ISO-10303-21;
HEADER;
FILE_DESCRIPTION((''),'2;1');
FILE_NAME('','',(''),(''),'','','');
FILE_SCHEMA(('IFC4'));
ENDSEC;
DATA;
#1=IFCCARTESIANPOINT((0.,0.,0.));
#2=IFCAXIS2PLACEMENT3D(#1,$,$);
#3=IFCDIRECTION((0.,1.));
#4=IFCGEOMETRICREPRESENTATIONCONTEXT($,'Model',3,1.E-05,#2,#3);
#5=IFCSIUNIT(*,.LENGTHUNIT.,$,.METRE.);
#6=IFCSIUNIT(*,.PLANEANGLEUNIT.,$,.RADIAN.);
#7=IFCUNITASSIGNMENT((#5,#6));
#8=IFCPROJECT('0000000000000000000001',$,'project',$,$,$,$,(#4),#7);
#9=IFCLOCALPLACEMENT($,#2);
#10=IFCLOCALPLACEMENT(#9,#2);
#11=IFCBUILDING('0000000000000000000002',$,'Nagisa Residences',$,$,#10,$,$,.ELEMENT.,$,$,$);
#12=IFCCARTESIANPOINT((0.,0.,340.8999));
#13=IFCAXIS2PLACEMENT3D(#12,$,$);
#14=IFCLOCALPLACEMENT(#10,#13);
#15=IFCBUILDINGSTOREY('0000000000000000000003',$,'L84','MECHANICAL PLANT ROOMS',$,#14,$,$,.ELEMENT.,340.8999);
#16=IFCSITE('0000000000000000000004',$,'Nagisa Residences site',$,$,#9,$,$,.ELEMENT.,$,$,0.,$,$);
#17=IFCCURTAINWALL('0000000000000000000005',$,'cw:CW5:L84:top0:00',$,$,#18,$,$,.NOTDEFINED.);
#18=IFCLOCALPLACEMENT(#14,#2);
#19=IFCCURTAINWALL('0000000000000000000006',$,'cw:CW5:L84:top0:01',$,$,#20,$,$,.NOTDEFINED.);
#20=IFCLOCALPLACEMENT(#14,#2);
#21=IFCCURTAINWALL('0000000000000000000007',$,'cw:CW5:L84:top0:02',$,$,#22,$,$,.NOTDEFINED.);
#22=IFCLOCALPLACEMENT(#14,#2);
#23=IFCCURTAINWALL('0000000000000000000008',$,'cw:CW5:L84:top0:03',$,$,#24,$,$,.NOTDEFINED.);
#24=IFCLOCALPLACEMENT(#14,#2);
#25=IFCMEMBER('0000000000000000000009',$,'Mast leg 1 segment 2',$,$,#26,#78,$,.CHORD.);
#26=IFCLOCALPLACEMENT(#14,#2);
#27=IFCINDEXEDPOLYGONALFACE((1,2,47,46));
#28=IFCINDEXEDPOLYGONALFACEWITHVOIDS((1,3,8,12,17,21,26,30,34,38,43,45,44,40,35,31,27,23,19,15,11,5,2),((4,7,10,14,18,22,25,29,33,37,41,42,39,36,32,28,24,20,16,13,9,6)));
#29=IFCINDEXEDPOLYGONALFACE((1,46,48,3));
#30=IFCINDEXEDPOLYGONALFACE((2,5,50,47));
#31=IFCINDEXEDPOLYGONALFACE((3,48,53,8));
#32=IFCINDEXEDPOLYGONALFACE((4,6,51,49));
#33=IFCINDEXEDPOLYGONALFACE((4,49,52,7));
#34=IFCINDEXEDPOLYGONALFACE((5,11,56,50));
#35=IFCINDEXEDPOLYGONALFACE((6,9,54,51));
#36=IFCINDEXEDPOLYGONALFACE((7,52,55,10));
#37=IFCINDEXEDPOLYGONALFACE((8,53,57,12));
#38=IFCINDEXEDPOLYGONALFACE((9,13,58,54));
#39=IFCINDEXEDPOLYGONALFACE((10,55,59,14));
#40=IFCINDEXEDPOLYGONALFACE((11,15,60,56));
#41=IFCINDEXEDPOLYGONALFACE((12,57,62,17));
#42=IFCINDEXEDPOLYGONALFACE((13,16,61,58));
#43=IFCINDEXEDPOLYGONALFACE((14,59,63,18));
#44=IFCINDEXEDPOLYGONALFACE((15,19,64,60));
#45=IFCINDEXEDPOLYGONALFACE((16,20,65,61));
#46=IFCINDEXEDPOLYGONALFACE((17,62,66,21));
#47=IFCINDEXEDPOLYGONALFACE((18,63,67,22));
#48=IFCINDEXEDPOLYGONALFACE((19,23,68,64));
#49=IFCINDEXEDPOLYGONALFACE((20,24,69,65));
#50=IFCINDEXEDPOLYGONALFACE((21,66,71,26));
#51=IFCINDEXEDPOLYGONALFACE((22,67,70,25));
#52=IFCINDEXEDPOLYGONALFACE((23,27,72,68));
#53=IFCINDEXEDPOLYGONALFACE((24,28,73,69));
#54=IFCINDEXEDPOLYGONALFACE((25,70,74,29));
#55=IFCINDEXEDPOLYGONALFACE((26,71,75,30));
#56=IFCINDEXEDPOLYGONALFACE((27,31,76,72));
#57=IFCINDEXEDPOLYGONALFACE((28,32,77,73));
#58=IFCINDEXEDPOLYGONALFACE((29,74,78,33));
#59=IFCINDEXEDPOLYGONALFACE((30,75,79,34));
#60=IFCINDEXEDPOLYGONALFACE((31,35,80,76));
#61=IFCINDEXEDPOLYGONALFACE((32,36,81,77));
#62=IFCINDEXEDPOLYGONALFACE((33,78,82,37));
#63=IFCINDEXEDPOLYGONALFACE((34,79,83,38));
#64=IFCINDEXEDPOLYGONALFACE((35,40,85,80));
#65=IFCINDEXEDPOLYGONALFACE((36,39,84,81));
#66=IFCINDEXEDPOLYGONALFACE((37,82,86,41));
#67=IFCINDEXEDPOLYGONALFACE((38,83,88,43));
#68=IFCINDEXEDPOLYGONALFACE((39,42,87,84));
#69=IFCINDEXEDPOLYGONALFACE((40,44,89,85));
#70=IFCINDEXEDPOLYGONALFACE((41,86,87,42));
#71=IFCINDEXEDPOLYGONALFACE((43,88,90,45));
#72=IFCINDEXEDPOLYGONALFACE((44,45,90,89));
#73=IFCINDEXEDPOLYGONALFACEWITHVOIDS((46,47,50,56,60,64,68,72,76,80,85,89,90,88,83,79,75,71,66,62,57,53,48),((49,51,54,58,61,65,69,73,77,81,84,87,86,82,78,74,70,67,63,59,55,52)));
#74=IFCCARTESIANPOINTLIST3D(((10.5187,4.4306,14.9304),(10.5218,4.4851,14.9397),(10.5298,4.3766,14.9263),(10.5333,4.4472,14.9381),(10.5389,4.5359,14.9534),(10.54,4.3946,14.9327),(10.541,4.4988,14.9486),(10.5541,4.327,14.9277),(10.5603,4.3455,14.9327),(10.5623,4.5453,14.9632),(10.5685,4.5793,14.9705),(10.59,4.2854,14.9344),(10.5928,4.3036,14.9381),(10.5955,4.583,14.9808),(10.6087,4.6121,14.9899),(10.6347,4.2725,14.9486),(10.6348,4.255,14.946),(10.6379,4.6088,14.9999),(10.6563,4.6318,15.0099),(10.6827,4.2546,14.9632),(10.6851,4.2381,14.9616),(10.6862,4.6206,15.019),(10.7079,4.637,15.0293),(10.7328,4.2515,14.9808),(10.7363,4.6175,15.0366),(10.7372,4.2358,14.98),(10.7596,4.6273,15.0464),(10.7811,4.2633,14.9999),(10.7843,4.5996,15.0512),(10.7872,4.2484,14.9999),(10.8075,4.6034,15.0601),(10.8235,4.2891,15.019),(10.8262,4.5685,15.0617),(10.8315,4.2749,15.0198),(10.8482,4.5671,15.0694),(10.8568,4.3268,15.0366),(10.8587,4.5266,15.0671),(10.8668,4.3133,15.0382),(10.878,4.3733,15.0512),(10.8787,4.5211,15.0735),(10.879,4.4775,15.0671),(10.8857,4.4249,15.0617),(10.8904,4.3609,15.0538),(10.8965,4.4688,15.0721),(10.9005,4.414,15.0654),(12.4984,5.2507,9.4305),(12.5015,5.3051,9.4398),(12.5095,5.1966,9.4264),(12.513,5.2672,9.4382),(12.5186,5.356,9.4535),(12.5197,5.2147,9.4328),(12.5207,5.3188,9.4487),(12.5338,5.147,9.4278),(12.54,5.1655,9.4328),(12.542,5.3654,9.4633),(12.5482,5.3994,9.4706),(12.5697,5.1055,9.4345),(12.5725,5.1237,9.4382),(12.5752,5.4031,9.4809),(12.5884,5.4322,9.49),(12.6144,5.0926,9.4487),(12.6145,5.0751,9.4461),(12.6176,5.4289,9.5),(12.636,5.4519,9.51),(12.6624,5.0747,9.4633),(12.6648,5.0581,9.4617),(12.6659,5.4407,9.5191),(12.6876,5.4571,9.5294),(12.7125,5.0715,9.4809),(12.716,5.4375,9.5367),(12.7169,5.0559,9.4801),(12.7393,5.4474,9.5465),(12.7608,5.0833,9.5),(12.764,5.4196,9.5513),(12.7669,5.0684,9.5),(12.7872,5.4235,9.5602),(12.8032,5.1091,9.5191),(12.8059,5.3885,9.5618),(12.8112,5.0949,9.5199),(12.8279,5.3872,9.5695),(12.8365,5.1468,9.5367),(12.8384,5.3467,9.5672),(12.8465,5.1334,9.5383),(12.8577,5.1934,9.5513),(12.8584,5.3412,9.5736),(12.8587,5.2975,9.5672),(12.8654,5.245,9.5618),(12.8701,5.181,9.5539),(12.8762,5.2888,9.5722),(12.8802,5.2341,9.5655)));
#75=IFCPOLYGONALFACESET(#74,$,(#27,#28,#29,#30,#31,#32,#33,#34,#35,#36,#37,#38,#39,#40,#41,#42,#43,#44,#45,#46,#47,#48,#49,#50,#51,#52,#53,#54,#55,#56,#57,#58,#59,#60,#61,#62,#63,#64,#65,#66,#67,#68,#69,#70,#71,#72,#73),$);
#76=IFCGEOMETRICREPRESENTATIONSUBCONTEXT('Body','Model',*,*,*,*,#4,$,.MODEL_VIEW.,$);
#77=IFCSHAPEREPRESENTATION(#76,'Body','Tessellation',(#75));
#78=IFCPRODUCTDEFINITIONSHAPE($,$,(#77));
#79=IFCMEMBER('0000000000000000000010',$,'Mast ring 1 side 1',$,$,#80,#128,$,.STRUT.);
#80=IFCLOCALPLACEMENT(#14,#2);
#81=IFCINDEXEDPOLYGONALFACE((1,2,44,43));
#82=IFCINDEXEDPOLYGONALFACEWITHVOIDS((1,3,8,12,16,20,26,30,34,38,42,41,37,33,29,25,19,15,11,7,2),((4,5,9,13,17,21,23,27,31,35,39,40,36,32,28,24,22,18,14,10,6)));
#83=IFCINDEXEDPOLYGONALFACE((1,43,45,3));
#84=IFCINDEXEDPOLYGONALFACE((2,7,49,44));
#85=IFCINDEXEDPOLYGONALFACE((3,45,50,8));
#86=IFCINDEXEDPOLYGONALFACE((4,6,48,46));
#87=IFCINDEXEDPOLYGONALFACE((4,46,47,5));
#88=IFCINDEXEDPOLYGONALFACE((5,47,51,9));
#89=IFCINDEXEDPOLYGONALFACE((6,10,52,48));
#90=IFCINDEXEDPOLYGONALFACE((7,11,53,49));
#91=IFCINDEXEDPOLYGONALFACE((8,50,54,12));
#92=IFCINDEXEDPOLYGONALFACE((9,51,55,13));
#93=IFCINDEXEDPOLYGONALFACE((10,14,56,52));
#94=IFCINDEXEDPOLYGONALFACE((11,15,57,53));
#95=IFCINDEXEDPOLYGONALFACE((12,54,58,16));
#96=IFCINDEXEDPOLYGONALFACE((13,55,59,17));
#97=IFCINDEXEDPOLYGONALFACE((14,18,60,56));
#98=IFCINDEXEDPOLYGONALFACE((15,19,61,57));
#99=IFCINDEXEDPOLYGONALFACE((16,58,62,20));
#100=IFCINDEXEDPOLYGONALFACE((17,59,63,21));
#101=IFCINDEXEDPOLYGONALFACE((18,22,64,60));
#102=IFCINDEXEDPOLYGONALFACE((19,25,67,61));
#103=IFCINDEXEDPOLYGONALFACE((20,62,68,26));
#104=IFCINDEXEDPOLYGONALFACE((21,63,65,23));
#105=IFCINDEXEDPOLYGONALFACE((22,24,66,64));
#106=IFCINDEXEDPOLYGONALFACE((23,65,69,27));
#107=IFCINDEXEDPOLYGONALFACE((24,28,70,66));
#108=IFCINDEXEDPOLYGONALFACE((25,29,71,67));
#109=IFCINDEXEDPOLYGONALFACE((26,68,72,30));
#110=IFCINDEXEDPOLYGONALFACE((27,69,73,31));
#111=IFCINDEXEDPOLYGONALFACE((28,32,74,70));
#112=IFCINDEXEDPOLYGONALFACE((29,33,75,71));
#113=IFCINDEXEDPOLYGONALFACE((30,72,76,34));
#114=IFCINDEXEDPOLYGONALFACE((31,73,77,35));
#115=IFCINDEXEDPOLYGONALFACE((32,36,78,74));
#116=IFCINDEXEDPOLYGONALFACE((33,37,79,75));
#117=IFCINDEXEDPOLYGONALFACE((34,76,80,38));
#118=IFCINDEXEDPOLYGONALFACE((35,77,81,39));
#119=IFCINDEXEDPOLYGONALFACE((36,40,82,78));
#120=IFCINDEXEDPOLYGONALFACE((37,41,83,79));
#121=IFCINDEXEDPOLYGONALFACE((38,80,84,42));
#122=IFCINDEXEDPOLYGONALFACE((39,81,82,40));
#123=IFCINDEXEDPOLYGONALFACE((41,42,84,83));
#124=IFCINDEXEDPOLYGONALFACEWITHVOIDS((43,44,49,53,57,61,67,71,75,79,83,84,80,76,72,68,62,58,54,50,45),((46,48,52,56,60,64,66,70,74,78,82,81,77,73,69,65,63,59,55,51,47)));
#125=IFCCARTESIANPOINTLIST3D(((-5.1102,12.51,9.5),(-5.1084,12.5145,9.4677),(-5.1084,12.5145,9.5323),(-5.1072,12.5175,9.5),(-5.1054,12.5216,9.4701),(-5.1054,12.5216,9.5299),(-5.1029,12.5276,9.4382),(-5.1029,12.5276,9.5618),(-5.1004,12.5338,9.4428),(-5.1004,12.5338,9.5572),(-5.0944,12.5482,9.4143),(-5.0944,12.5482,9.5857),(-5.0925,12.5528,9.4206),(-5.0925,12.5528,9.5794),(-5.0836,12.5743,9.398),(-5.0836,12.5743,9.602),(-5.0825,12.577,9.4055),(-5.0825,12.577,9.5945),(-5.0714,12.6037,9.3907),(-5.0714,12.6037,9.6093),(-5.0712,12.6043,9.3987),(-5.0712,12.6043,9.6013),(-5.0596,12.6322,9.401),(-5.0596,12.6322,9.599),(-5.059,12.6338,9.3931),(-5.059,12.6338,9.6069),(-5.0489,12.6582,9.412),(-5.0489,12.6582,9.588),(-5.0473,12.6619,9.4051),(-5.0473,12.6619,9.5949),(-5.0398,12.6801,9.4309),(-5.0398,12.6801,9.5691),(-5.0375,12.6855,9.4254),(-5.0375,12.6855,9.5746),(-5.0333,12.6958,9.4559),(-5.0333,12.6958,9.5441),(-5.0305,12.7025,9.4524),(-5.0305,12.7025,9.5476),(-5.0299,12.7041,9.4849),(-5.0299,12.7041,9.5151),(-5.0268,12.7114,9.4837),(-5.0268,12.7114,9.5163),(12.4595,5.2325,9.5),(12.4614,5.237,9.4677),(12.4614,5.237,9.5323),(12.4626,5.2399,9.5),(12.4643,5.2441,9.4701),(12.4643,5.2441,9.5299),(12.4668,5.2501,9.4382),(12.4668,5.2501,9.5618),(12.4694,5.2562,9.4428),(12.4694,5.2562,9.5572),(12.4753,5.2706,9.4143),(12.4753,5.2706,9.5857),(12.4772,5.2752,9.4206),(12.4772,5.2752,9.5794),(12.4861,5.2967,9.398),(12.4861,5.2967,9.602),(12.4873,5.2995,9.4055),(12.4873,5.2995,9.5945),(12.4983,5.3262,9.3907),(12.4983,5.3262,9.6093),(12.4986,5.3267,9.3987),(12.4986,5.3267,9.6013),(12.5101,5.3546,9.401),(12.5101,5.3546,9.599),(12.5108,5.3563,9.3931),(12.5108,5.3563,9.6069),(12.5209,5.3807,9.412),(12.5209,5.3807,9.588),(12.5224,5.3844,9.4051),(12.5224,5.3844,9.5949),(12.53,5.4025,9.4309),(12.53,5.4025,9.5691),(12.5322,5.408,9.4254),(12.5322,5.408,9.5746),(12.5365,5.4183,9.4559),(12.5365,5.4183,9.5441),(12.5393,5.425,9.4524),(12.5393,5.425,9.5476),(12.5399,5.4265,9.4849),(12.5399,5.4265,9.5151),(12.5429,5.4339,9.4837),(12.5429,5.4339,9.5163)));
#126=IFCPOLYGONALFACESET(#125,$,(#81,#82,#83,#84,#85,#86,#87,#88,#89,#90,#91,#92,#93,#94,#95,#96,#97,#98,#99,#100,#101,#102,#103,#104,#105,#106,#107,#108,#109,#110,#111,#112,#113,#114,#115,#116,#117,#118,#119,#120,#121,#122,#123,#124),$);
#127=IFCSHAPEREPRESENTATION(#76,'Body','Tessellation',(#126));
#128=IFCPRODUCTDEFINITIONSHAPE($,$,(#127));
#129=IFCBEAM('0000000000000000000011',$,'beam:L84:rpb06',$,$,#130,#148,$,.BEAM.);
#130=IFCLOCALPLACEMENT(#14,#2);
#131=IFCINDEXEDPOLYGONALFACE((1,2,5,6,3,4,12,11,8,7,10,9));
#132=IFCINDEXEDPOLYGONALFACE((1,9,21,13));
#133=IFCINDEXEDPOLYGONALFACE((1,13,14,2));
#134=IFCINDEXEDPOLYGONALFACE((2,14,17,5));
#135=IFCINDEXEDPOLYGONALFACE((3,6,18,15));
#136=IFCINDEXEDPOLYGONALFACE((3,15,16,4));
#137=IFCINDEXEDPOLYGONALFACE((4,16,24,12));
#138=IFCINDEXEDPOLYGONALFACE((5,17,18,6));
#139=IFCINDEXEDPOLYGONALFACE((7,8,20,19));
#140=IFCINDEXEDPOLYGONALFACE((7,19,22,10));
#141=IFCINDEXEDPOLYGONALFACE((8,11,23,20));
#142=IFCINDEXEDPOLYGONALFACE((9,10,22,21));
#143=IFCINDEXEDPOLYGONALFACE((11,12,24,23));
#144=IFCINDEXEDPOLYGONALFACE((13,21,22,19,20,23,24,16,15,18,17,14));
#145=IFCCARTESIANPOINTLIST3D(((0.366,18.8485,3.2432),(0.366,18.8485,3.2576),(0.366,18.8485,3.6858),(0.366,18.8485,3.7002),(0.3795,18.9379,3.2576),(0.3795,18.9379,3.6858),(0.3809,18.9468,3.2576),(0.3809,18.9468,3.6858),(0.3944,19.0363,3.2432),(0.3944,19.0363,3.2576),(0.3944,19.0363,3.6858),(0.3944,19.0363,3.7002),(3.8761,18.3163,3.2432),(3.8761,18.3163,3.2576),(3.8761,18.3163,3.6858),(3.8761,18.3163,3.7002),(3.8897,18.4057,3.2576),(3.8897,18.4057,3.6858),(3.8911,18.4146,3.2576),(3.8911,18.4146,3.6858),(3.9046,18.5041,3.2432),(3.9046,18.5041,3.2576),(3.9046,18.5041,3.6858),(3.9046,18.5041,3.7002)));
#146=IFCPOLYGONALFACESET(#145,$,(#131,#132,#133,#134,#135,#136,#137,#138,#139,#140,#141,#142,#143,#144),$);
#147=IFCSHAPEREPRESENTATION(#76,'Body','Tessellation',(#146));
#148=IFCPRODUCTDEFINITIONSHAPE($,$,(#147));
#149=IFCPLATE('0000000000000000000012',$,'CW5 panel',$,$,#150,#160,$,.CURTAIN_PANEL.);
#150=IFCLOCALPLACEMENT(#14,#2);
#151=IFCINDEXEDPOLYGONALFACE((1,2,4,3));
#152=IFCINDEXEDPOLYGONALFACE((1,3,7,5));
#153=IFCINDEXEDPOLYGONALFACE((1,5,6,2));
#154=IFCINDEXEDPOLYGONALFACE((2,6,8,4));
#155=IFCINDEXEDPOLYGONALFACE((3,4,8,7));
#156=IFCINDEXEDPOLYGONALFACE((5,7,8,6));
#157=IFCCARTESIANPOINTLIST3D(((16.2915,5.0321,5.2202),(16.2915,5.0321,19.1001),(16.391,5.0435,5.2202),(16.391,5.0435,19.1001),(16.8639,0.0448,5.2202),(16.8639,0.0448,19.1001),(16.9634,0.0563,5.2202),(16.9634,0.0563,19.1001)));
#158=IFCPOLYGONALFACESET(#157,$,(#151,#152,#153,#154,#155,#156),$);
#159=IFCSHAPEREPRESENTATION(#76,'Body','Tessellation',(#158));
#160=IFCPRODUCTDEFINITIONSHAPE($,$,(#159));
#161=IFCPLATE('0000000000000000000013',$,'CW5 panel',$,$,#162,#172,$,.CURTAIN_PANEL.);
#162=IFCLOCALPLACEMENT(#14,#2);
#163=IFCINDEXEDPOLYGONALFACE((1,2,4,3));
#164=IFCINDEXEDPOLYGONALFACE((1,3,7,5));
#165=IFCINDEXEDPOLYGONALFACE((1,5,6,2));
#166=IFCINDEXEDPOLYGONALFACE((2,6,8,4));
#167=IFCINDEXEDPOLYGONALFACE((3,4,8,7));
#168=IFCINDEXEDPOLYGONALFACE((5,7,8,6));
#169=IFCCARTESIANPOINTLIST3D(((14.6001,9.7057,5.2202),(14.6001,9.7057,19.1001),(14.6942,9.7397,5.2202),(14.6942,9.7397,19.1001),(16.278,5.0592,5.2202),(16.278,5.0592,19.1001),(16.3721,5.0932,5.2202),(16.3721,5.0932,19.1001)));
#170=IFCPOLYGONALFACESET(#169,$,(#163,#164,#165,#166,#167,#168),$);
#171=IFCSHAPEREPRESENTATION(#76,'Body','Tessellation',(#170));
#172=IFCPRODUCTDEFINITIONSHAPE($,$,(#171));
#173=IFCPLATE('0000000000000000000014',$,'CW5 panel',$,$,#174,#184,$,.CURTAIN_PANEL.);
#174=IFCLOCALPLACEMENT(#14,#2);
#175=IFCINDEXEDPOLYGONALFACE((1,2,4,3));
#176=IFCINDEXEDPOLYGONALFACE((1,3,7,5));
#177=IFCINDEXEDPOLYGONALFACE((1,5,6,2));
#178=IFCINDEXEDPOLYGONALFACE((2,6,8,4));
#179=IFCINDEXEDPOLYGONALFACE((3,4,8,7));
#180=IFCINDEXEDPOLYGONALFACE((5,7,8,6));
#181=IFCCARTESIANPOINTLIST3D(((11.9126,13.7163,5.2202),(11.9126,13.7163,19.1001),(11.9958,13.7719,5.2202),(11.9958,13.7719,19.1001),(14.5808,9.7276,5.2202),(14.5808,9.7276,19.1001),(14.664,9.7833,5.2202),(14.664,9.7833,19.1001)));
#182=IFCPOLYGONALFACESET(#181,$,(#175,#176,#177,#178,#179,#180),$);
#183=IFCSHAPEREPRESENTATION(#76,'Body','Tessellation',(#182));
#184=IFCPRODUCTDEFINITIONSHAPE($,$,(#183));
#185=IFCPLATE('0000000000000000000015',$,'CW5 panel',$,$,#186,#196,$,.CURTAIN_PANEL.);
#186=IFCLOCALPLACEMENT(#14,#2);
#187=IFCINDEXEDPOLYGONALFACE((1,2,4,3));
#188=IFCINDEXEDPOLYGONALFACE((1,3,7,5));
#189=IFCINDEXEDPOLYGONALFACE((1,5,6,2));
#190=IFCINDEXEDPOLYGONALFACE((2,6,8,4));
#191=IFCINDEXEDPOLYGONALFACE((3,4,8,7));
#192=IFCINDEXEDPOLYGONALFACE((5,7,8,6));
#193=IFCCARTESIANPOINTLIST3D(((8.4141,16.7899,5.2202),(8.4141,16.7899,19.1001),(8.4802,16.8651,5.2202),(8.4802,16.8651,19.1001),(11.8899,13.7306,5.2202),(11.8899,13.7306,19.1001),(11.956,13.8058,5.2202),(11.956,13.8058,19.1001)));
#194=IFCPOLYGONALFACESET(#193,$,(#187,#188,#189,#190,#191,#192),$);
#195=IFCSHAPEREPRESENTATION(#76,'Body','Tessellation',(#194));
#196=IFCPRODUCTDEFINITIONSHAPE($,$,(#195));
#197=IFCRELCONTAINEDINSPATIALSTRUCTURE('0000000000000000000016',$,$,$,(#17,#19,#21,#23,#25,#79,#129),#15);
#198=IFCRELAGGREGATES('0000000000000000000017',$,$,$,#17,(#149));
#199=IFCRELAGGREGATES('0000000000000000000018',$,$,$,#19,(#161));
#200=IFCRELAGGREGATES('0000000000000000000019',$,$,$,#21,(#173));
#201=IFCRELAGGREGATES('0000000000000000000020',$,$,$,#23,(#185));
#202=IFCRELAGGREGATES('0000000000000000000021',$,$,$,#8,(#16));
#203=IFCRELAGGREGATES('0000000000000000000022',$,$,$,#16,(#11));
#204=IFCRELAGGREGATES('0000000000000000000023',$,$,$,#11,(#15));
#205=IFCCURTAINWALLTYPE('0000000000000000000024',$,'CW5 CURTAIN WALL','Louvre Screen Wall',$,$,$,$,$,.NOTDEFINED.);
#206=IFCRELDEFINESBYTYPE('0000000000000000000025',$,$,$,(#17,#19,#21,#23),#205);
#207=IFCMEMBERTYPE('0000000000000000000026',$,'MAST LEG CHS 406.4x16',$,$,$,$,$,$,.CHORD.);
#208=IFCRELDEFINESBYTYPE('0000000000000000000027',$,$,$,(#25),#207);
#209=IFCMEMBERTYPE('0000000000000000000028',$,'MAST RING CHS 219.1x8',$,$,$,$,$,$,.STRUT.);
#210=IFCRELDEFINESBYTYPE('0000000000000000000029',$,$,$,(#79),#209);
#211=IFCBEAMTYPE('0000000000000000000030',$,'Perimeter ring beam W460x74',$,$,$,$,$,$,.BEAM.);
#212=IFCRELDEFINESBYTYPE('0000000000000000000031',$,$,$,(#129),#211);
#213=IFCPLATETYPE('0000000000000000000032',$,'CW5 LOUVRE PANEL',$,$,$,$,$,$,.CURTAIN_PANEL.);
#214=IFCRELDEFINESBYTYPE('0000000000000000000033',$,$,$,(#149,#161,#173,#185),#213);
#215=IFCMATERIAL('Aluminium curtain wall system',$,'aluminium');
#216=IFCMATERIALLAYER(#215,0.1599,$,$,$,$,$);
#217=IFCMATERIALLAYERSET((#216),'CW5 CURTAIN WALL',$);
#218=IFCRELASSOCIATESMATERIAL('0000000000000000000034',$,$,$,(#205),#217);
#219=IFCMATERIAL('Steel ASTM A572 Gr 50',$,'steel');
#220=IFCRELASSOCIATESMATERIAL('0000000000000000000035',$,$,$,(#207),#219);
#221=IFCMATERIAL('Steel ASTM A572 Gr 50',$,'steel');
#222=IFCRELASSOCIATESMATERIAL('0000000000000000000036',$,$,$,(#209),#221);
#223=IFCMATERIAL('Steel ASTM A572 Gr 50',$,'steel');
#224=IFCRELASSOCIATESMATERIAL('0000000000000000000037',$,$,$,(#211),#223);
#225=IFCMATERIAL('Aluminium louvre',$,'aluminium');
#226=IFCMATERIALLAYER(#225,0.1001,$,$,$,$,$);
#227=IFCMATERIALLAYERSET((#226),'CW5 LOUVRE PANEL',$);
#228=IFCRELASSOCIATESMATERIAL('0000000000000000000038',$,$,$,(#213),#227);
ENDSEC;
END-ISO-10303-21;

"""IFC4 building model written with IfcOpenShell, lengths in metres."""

from ifc_helpers import new_model, si_unit, direction, frame, origin, origin_2d, place, context, subcontext, project, spatial, rectangle, hollow_circle, i_section, extrude, material, layer, layer_set, material_profile, profile_set, type_object, element, aggregate, save


model = new_model("IFC4")

# Units and contexts
model_context = context("Model", 3, precision=1e-05, world=origin(), true_north=direction((0.0, 1.0)))
body_context = subcontext(model_context, "Body", "Model", "MODEL_VIEW")
ifc_project = project(units=[si_unit("LENGTHUNIT", "METRE"), si_unit("PLANEANGLEUNIT", "RADIAN")], contexts=[model_context])

# Site, building, storey
site_placement = place(None, origin())
site = spatial("IfcSite", under=ifc_project, at=site_placement, Name="Nagisa Residences site", CompositionType="ELEMENT", RefElevation=0.0)
building_placement = place(site_placement, origin())
building = spatial("IfcBuilding", under=site, at=building_placement, Name="Nagisa Residences", CompositionType="ELEMENT")
storey_placement = place(building_placement, frame((0.0, 0.0, 340.8999)))
storey = spatial("IfcBuildingStorey", under=building, at=storey_placement, Name="L84", Description="MECHANICAL PLANT ROOMS", CompositionType="ELEMENT", Elevation=340.8999)

# Curtain walls
ifc_material_1 = material(Name="Aluminium curtain wall system", Category="aluminium")
ifc_layer_1 = layer(ifc_material_1, 0.1599)
ifc_layer_set_1 = layer_set([ifc_layer_1], Name="CW5 CURTAIN WALL")
curtain_wall_type = type_object("IfcCurtainWallType", Name="CW5 CURTAIN WALL", Description="Louvre Screen Wall", PredefinedType="NOTDEFINED", material=ifc_layer_set_1)
curtain_wall_1_placement = place(storey_placement, origin())
curtain_wall_1 = element("IfcCurtainWall", 1, at=curtain_wall_1_placement, inside=storey, type_object=curtain_wall_type, Name="cw:CW5:L84:top0:00", PredefinedType="NOTDEFINED")
curtain_wall_2_placement = place(storey_placement, origin())
curtain_wall_2 = element("IfcCurtainWall", 2, at=curtain_wall_2_placement, inside=storey, type_object=curtain_wall_type, Name="cw:CW5:L84:top0:01", PredefinedType="NOTDEFINED")
curtain_wall_3_placement = place(storey_placement, origin())
curtain_wall_3 = element("IfcCurtainWall", 3, at=curtain_wall_3_placement, inside=storey, type_object=curtain_wall_type, Name="cw:CW5:L84:top0:02", PredefinedType="NOTDEFINED")
curtain_wall_4_placement = place(storey_placement, origin())
curtain_wall_4 = element("IfcCurtainWall", 4, at=curtain_wall_4_placement, inside=storey, type_object=curtain_wall_type, Name="cw:CW5:L84:top0:03", PredefinedType="NOTDEFINED")

# Members
ifc_material_2 = material(Name="Steel ASTM A572 Gr 50", Category="steel")
ifc_material_profile_1 = material_profile(ifc_material_2, hollow_circle(Radius=0.2031, WallThickness=0.0161, at=origin_2d()), Name="MAST LEG CHS 406.4x16")
ifc_profile_set_1 = profile_set([ifc_material_profile_1], Name="Steel ASTM A572 Gr 50")
member_type_1 = type_object("IfcMemberType", Name="MAST LEG CHS 406.4x16", PredefinedType="CHORD", material=ifc_profile_set_1)
member_1_placement = place(storey_placement, frame((12.6892, 5.2561, 9.5), z_axis=(-0.335395, -0.138931, 0.931777), x_axis=(0.382697, -0.923874, 0.0)))
element("IfcMember", 5, at=member_1_placement, inside=storey, type_object=member_type_1, Name="Mast leg 1 segment 2", PredefinedType="CHORD", context=body_context, shape_type="SweptSolid", body=[
    extrude(hollow_circle(Radius=0.2031, WallThickness=0.0161, at=origin_2d()), origin(), (0.0, 0.0, 1.0), 5.9026),
])
ifc_material_3 = material(Name="Steel ASTM A572 Gr 50", Category="steel")
ifc_material_profile_2 = material_profile(ifc_material_3, hollow_circle(Radius=0.1096, WallThickness=0.0081, at=origin_2d()), Name="MAST RING CHS 219.1x8")
ifc_profile_set_2 = profile_set([ifc_material_profile_2], Name="Steel ASTM A572 Gr 50")
member_type_2 = type_object("IfcMemberType", Name="MAST RING CHS 219.1x8", PredefinedType="STRUT", material=ifc_profile_set_2)
member_2_placement = place(storey_placement, frame((12.5015, 5.3337, 9.5), z_axis=(-0.923881, 0.38268, 0.0), x_axis=(-0.38268, -0.923881, 0.0)))
element("IfcMember", 6, at=member_2_placement, inside=storey, type_object=member_type_2, Name="Mast ring 1 side 1", PredefinedType="STRUT", context=body_context, shape_type="SweptSolid", body=[
    extrude(hollow_circle(Radius=0.1096, WallThickness=0.0081, at=origin_2d()), origin(), (0.0, 0.0, 1.0), 19.0173),
])

# Beam
ifc_material_4 = material(Name="Steel ASTM A572 Gr 50", Category="steel")
ifc_material_profile_3 = material_profile(ifc_material_4, i_section(OverallWidth=0.1899, OverallDepth=0.457, WebThickness=0.009, FlangeThickness=0.0144, at=origin_2d()), Name="W460x74")
ifc_profile_set_3 = profile_set([ifc_material_profile_3], Name="Steel ASTM A572 Gr 50")
beam_type = type_object("IfcBeamType", Name="Perimeter ring beam W460x74", PredefinedType="BEAM", material=ifc_profile_set_3)
beam_placement = place(storey_placement, frame((3.8904, 18.4102, 3.4717), z_axis=(-0.9887, 0.149907, 0.0), x_axis=(-0.149907, -0.9887, 0.0)))
element("IfcBeam", 7, at=beam_placement, inside=storey, type_object=beam_type, Name="beam:L84:rpb06", PredefinedType="BEAM", context=body_context, shape_type="SweptSolid", body=[
    extrude(i_section(OverallWidth=0.1899, OverallDepth=0.457, WebThickness=0.009, FlangeThickness=0.0144, at=origin_2d()), origin(), (0.0, 0.0, 1.0), 3.5503),
])

# Plates
ifc_material_5 = material(Name="Aluminium louvre", Category="aluminium")
ifc_layer_2 = layer(ifc_material_5, 0.1001)
ifc_layer_set_2 = layer_set([ifc_layer_2], Name="CW5 LOUVRE PANEL")
plate_type = type_object("IfcPlateType", Name="CW5 LOUVRE PANEL", PredefinedType="CURTAIN_PANEL", material=ifc_layer_set_2)
plate_1_placement = place(storey_placement, frame((16.6274, 2.5442, 5.2202), z_axis=(0.0, 0.0, 1.0), x_axis=(-0.114025, 0.993478, 0.0)))
plate_1 = element("IfcPlate", 8, at=plate_1_placement, type_object=plate_type, Name="CW5 panel", PredefinedType="CURTAIN_PANEL", context=body_context, shape_type="SweptSolid", body=[
    extrude(rectangle(XDim=5.02, YDim=0.1001, at=origin_2d()), origin(), (0.0, 0.0, 1.0), 13.8799),
])
aggregate(curtain_wall_1, [plate_1])
plate_2_placement = place(storey_placement, frame((15.4861, 7.3994, 5.2202), z_axis=(0.0, 0.0, 1.0), x_axis=(-0.339643, 0.940554, 0.0)))
plate_2 = element("IfcPlate", 9, at=plate_2_placement, type_object=plate_type, Name="CW5 panel", PredefinedType="CURTAIN_PANEL", context=body_context, shape_type="SweptSolid", body=[
    extrude(rectangle(XDim=4.9402, YDim=0.1001, at=origin_2d()), origin(), (0.0, 0.0, 1.0), 13.8799),
])
aggregate(curtain_wall_2, [plate_2])
plate_3_placement = place(storey_placement, frame((13.2883, 11.7498, 5.2202), z_axis=(0.0, 0.0, 1.0), x_axis=(-0.556014, 0.831173, 0.0)))
plate_3 = element("IfcPlate", 10, at=plate_3_placement, type_object=plate_type, Name="CW5 panel", PredefinedType="CURTAIN_PANEL", context=body_context, shape_type="SweptSolid", body=[
    extrude(rectangle(XDim=4.7988, YDim=0.1001, at=origin_2d()), origin(), (0.0, 0.0, 1.0), 13.8799),
])
aggregate(curtain_wall_3, [plate_3])
plate_4_placement = place(storey_placement, frame((10.1851, 15.2979, 5.2202), z_axis=(0.0, 0.0, 1.0), x_axis=(-0.750651, 0.660699, 0.0)))
plate_4 = element("IfcPlate", 11, at=plate_4_placement, type_object=plate_type, Name="CW5 panel", PredefinedType="CURTAIN_PANEL", context=body_context, shape_type="SweptSolid", body=[
    extrude(rectangle(XDim=4.6304, YDim=0.1001, at=origin_2d()), origin(), (0.0, 0.0, 1.0), 13.8799),
])
aggregate(curtain_wall_4, [plate_4])

save(model, "model.ifc")
